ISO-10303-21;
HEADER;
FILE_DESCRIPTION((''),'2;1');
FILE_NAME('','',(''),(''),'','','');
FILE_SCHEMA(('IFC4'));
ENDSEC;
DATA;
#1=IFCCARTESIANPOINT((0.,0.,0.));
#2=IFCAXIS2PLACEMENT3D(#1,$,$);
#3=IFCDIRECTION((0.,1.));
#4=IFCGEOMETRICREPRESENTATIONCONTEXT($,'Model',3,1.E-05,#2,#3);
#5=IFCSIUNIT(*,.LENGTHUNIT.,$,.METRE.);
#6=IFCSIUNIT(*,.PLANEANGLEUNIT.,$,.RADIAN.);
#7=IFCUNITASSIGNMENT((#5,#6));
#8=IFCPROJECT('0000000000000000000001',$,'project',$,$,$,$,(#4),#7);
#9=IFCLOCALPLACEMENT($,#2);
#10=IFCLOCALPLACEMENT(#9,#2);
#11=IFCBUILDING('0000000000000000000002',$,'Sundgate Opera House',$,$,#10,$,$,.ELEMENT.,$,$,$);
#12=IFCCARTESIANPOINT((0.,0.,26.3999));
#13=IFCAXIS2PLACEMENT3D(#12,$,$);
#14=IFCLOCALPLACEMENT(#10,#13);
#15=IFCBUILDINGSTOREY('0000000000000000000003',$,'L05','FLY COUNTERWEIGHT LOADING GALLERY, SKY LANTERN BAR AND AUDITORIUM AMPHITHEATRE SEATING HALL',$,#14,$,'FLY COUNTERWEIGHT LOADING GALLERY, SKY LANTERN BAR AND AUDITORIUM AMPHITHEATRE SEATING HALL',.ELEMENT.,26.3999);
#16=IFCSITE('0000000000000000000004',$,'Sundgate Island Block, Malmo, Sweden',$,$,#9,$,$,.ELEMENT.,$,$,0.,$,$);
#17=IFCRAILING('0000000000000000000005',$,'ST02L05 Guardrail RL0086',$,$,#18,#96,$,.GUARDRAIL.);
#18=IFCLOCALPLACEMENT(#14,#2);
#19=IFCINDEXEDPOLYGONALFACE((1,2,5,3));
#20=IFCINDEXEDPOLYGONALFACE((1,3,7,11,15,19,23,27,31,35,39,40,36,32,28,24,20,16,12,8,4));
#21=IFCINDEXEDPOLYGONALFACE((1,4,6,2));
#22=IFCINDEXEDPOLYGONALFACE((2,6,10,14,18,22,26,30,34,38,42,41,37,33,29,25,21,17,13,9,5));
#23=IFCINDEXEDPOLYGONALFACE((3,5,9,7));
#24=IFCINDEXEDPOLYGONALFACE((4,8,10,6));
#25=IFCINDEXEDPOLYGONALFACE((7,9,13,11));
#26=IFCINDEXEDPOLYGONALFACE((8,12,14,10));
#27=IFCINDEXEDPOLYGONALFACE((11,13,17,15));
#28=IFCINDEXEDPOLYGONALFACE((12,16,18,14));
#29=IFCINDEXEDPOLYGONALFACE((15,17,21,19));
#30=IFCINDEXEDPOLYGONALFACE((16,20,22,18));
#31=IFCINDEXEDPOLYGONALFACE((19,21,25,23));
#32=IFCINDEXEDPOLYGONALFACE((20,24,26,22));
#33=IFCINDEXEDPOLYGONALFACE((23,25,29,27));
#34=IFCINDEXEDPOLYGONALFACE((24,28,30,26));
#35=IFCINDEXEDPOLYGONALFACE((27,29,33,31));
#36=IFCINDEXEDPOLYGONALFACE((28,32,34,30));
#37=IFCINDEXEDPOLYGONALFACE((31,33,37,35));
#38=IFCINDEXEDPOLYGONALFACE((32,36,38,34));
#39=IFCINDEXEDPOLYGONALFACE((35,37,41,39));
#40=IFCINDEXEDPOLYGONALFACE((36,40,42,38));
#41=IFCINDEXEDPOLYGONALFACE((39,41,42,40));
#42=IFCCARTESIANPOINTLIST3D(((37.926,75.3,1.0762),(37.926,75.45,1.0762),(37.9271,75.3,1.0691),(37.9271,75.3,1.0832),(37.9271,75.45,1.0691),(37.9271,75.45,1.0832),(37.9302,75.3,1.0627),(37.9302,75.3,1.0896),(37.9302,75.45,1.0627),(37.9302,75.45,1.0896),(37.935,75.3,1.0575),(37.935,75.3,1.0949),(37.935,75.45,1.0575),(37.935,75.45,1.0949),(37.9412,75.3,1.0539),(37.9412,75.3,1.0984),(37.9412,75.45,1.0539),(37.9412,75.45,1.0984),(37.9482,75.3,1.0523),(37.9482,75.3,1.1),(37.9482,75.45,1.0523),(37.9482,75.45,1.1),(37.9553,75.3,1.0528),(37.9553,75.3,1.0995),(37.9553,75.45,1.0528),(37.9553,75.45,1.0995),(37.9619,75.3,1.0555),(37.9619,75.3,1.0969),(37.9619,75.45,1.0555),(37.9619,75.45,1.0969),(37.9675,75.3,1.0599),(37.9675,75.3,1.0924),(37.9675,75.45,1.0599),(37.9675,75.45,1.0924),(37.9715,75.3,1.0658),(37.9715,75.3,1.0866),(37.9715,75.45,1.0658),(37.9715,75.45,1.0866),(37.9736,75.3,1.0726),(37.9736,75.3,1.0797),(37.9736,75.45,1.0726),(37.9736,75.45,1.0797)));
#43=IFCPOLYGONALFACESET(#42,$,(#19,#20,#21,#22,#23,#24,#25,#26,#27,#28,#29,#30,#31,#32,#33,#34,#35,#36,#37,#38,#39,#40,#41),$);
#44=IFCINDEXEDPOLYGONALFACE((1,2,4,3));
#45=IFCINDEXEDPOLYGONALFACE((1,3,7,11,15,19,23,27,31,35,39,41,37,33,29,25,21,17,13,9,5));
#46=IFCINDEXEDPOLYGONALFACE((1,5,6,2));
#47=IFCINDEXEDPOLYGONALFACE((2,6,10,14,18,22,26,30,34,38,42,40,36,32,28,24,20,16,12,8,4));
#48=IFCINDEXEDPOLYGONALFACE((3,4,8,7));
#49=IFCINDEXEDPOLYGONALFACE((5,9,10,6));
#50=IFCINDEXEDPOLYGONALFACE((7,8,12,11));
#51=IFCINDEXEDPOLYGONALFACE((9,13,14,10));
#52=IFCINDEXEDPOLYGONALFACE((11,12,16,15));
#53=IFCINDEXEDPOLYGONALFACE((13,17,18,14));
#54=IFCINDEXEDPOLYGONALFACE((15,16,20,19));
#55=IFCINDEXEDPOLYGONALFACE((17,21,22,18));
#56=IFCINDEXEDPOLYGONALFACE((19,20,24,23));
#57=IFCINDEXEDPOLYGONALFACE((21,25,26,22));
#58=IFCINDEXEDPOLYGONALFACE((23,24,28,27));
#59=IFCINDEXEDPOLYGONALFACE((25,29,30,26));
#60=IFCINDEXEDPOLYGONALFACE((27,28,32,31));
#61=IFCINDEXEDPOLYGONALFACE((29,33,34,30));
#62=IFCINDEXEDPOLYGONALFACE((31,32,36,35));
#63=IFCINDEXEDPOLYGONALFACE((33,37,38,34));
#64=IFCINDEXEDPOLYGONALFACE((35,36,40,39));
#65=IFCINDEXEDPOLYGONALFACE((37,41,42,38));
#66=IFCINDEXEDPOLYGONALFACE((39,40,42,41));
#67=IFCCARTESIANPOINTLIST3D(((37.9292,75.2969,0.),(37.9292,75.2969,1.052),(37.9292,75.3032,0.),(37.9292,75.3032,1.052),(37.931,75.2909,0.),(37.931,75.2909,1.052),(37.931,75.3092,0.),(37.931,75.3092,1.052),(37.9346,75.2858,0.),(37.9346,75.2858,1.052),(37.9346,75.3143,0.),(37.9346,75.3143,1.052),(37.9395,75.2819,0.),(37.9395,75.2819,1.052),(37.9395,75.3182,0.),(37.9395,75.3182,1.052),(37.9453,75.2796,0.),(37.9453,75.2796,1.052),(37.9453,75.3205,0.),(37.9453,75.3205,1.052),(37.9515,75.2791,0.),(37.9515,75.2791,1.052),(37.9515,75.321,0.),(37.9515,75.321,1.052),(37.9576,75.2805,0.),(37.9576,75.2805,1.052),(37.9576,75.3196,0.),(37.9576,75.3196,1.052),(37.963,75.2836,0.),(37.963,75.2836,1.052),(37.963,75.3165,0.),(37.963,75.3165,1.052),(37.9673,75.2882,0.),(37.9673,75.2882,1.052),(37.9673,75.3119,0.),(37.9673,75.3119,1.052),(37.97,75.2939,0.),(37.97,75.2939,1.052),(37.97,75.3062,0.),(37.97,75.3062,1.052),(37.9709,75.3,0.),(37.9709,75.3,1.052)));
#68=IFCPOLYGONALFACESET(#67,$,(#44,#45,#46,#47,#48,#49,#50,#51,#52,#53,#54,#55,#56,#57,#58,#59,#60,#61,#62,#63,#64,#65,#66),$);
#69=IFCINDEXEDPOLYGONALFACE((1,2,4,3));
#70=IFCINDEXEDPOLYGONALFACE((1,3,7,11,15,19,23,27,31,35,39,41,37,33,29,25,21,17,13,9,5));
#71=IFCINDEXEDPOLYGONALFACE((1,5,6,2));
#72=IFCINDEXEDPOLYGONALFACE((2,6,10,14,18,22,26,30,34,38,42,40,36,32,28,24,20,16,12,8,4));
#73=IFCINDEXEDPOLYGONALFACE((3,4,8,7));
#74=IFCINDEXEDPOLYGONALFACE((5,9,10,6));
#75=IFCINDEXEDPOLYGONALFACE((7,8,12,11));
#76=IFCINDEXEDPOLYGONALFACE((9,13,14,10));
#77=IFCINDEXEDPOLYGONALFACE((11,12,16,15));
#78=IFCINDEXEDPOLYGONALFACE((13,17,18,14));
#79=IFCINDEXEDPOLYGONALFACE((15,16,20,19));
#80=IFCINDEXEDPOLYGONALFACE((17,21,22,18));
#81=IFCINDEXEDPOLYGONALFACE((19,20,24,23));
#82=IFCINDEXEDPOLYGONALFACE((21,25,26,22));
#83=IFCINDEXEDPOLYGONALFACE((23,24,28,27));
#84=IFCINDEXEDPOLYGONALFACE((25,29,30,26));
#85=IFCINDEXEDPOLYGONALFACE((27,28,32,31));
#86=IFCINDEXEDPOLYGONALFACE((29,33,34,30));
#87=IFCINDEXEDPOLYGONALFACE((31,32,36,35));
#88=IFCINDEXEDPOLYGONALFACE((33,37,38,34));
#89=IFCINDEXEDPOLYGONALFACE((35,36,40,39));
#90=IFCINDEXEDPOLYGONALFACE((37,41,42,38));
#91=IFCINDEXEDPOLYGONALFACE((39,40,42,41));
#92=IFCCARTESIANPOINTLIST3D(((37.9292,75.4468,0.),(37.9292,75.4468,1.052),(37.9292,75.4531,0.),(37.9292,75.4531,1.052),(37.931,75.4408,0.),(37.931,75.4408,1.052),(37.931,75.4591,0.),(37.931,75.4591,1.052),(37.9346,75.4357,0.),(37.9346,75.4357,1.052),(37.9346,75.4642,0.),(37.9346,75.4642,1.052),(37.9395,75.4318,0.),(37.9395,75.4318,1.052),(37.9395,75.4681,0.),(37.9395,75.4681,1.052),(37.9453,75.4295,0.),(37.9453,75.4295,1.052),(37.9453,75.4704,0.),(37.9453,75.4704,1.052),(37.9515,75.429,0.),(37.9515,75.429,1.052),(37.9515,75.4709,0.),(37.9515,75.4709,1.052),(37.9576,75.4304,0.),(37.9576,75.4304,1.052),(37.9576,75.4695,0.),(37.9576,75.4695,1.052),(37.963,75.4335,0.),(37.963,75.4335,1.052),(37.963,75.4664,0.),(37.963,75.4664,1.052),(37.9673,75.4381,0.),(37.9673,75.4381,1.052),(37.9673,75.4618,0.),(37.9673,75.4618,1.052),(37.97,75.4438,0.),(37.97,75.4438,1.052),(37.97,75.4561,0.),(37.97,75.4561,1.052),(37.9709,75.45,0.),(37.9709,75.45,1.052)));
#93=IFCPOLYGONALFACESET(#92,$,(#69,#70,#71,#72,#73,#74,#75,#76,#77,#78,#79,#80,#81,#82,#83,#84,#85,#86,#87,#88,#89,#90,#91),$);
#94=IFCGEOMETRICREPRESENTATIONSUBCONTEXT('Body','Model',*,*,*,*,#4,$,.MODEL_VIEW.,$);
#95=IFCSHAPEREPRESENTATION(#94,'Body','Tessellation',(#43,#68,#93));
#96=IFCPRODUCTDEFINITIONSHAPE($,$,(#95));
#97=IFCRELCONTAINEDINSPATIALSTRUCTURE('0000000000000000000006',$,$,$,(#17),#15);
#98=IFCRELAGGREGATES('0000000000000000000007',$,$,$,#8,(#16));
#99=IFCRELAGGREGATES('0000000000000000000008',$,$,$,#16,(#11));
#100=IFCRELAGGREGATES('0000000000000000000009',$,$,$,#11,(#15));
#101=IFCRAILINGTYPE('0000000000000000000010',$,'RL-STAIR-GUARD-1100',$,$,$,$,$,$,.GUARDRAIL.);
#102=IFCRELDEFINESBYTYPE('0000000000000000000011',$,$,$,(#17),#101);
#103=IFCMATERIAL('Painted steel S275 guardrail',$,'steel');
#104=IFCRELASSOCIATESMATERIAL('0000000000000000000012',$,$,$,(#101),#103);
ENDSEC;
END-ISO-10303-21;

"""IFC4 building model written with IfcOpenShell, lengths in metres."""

from ifc_helpers import new_model, si_unit, direction, frame, origin, origin_2d, place, context, subcontext, project, spatial, circle, extrude, material, type_object, element, save


model = new_model("IFC4")

# Units and contexts
model_context = context("Model", 3, precision=1e-05, world=origin(), true_north=direction((0.0, 1.0)))
body_context = subcontext(model_context, "Body", "Model", "MODEL_VIEW")
ifc_project = project(units=[si_unit("LENGTHUNIT", "METRE"), si_unit("PLANEANGLEUNIT", "RADIAN")], contexts=[model_context])

# Site, building, storey
site_placement = place(None, origin())
site = spatial("IfcSite", under=ifc_project, at=site_placement, Name="Sundgate Island Block, Malmo, Sweden", CompositionType="ELEMENT", RefElevation=0.0)
building_placement = place(site_placement, origin())
building = spatial("IfcBuilding", under=site, at=building_placement, Name="Sundgate Opera House", CompositionType="ELEMENT")
storey_placement = place(building_placement, frame((0.0, 0.0, 26.3999)))
storey = spatial("IfcBuildingStorey", under=building, at=storey_placement, Name="L05", Description="FLY COUNTERWEIGHT LOADING GALLERY, SKY LANTERN BAR AND AUDITORIUM AMPHITHEATRE SEATING HALL", LongName="FLY COUNTERWEIGHT LOADING GALLERY, SKY LANTERN BAR AND AUDITORIUM AMPHITHEATRE SEATING HALL", CompositionType="ELEMENT", Elevation=26.3999)

# Railing
ifc_material_1 = material(Name="Painted steel S275 guardrail", Category="steel")
railing_type_1 = type_object("IfcRailingType", Name="RL-STAIR-GUARD-1100", PredefinedType="GUARDRAIL", material=ifc_material_1)
railing_1_placement = place(storey_placement, frame((37.95, 75.3, 0.0)))
element("IfcRailing", 1, at=railing_1_placement, inside=storey, type_object=railing_type_1, Name="ST02L05 Guardrail RL0086", PredefinedType="GUARDRAIL", context=body_context, shape_type="SweptSolid", body=[
    extrude(circle(Radius=0.0239, at=origin_2d()), frame((0.0, 0.0, 1.0762), z_axis=(0.0, 1.0, 0.0), x_axis=(-1.0, 0.0, 0.0)), (0.0, 0.0, 1.0), 0.1499),
    extrude(circle(Radius=0.021, at=origin_2d()), origin(), (0.0, 0.0, 1.0), 1.052),
    extrude(circle(Radius=0.021, at=origin_2d()), frame((0.0, 0.1499, 0.0)), (0.0, 0.0, 1.0), 1.052),
])

save(model, "model.ifc")
